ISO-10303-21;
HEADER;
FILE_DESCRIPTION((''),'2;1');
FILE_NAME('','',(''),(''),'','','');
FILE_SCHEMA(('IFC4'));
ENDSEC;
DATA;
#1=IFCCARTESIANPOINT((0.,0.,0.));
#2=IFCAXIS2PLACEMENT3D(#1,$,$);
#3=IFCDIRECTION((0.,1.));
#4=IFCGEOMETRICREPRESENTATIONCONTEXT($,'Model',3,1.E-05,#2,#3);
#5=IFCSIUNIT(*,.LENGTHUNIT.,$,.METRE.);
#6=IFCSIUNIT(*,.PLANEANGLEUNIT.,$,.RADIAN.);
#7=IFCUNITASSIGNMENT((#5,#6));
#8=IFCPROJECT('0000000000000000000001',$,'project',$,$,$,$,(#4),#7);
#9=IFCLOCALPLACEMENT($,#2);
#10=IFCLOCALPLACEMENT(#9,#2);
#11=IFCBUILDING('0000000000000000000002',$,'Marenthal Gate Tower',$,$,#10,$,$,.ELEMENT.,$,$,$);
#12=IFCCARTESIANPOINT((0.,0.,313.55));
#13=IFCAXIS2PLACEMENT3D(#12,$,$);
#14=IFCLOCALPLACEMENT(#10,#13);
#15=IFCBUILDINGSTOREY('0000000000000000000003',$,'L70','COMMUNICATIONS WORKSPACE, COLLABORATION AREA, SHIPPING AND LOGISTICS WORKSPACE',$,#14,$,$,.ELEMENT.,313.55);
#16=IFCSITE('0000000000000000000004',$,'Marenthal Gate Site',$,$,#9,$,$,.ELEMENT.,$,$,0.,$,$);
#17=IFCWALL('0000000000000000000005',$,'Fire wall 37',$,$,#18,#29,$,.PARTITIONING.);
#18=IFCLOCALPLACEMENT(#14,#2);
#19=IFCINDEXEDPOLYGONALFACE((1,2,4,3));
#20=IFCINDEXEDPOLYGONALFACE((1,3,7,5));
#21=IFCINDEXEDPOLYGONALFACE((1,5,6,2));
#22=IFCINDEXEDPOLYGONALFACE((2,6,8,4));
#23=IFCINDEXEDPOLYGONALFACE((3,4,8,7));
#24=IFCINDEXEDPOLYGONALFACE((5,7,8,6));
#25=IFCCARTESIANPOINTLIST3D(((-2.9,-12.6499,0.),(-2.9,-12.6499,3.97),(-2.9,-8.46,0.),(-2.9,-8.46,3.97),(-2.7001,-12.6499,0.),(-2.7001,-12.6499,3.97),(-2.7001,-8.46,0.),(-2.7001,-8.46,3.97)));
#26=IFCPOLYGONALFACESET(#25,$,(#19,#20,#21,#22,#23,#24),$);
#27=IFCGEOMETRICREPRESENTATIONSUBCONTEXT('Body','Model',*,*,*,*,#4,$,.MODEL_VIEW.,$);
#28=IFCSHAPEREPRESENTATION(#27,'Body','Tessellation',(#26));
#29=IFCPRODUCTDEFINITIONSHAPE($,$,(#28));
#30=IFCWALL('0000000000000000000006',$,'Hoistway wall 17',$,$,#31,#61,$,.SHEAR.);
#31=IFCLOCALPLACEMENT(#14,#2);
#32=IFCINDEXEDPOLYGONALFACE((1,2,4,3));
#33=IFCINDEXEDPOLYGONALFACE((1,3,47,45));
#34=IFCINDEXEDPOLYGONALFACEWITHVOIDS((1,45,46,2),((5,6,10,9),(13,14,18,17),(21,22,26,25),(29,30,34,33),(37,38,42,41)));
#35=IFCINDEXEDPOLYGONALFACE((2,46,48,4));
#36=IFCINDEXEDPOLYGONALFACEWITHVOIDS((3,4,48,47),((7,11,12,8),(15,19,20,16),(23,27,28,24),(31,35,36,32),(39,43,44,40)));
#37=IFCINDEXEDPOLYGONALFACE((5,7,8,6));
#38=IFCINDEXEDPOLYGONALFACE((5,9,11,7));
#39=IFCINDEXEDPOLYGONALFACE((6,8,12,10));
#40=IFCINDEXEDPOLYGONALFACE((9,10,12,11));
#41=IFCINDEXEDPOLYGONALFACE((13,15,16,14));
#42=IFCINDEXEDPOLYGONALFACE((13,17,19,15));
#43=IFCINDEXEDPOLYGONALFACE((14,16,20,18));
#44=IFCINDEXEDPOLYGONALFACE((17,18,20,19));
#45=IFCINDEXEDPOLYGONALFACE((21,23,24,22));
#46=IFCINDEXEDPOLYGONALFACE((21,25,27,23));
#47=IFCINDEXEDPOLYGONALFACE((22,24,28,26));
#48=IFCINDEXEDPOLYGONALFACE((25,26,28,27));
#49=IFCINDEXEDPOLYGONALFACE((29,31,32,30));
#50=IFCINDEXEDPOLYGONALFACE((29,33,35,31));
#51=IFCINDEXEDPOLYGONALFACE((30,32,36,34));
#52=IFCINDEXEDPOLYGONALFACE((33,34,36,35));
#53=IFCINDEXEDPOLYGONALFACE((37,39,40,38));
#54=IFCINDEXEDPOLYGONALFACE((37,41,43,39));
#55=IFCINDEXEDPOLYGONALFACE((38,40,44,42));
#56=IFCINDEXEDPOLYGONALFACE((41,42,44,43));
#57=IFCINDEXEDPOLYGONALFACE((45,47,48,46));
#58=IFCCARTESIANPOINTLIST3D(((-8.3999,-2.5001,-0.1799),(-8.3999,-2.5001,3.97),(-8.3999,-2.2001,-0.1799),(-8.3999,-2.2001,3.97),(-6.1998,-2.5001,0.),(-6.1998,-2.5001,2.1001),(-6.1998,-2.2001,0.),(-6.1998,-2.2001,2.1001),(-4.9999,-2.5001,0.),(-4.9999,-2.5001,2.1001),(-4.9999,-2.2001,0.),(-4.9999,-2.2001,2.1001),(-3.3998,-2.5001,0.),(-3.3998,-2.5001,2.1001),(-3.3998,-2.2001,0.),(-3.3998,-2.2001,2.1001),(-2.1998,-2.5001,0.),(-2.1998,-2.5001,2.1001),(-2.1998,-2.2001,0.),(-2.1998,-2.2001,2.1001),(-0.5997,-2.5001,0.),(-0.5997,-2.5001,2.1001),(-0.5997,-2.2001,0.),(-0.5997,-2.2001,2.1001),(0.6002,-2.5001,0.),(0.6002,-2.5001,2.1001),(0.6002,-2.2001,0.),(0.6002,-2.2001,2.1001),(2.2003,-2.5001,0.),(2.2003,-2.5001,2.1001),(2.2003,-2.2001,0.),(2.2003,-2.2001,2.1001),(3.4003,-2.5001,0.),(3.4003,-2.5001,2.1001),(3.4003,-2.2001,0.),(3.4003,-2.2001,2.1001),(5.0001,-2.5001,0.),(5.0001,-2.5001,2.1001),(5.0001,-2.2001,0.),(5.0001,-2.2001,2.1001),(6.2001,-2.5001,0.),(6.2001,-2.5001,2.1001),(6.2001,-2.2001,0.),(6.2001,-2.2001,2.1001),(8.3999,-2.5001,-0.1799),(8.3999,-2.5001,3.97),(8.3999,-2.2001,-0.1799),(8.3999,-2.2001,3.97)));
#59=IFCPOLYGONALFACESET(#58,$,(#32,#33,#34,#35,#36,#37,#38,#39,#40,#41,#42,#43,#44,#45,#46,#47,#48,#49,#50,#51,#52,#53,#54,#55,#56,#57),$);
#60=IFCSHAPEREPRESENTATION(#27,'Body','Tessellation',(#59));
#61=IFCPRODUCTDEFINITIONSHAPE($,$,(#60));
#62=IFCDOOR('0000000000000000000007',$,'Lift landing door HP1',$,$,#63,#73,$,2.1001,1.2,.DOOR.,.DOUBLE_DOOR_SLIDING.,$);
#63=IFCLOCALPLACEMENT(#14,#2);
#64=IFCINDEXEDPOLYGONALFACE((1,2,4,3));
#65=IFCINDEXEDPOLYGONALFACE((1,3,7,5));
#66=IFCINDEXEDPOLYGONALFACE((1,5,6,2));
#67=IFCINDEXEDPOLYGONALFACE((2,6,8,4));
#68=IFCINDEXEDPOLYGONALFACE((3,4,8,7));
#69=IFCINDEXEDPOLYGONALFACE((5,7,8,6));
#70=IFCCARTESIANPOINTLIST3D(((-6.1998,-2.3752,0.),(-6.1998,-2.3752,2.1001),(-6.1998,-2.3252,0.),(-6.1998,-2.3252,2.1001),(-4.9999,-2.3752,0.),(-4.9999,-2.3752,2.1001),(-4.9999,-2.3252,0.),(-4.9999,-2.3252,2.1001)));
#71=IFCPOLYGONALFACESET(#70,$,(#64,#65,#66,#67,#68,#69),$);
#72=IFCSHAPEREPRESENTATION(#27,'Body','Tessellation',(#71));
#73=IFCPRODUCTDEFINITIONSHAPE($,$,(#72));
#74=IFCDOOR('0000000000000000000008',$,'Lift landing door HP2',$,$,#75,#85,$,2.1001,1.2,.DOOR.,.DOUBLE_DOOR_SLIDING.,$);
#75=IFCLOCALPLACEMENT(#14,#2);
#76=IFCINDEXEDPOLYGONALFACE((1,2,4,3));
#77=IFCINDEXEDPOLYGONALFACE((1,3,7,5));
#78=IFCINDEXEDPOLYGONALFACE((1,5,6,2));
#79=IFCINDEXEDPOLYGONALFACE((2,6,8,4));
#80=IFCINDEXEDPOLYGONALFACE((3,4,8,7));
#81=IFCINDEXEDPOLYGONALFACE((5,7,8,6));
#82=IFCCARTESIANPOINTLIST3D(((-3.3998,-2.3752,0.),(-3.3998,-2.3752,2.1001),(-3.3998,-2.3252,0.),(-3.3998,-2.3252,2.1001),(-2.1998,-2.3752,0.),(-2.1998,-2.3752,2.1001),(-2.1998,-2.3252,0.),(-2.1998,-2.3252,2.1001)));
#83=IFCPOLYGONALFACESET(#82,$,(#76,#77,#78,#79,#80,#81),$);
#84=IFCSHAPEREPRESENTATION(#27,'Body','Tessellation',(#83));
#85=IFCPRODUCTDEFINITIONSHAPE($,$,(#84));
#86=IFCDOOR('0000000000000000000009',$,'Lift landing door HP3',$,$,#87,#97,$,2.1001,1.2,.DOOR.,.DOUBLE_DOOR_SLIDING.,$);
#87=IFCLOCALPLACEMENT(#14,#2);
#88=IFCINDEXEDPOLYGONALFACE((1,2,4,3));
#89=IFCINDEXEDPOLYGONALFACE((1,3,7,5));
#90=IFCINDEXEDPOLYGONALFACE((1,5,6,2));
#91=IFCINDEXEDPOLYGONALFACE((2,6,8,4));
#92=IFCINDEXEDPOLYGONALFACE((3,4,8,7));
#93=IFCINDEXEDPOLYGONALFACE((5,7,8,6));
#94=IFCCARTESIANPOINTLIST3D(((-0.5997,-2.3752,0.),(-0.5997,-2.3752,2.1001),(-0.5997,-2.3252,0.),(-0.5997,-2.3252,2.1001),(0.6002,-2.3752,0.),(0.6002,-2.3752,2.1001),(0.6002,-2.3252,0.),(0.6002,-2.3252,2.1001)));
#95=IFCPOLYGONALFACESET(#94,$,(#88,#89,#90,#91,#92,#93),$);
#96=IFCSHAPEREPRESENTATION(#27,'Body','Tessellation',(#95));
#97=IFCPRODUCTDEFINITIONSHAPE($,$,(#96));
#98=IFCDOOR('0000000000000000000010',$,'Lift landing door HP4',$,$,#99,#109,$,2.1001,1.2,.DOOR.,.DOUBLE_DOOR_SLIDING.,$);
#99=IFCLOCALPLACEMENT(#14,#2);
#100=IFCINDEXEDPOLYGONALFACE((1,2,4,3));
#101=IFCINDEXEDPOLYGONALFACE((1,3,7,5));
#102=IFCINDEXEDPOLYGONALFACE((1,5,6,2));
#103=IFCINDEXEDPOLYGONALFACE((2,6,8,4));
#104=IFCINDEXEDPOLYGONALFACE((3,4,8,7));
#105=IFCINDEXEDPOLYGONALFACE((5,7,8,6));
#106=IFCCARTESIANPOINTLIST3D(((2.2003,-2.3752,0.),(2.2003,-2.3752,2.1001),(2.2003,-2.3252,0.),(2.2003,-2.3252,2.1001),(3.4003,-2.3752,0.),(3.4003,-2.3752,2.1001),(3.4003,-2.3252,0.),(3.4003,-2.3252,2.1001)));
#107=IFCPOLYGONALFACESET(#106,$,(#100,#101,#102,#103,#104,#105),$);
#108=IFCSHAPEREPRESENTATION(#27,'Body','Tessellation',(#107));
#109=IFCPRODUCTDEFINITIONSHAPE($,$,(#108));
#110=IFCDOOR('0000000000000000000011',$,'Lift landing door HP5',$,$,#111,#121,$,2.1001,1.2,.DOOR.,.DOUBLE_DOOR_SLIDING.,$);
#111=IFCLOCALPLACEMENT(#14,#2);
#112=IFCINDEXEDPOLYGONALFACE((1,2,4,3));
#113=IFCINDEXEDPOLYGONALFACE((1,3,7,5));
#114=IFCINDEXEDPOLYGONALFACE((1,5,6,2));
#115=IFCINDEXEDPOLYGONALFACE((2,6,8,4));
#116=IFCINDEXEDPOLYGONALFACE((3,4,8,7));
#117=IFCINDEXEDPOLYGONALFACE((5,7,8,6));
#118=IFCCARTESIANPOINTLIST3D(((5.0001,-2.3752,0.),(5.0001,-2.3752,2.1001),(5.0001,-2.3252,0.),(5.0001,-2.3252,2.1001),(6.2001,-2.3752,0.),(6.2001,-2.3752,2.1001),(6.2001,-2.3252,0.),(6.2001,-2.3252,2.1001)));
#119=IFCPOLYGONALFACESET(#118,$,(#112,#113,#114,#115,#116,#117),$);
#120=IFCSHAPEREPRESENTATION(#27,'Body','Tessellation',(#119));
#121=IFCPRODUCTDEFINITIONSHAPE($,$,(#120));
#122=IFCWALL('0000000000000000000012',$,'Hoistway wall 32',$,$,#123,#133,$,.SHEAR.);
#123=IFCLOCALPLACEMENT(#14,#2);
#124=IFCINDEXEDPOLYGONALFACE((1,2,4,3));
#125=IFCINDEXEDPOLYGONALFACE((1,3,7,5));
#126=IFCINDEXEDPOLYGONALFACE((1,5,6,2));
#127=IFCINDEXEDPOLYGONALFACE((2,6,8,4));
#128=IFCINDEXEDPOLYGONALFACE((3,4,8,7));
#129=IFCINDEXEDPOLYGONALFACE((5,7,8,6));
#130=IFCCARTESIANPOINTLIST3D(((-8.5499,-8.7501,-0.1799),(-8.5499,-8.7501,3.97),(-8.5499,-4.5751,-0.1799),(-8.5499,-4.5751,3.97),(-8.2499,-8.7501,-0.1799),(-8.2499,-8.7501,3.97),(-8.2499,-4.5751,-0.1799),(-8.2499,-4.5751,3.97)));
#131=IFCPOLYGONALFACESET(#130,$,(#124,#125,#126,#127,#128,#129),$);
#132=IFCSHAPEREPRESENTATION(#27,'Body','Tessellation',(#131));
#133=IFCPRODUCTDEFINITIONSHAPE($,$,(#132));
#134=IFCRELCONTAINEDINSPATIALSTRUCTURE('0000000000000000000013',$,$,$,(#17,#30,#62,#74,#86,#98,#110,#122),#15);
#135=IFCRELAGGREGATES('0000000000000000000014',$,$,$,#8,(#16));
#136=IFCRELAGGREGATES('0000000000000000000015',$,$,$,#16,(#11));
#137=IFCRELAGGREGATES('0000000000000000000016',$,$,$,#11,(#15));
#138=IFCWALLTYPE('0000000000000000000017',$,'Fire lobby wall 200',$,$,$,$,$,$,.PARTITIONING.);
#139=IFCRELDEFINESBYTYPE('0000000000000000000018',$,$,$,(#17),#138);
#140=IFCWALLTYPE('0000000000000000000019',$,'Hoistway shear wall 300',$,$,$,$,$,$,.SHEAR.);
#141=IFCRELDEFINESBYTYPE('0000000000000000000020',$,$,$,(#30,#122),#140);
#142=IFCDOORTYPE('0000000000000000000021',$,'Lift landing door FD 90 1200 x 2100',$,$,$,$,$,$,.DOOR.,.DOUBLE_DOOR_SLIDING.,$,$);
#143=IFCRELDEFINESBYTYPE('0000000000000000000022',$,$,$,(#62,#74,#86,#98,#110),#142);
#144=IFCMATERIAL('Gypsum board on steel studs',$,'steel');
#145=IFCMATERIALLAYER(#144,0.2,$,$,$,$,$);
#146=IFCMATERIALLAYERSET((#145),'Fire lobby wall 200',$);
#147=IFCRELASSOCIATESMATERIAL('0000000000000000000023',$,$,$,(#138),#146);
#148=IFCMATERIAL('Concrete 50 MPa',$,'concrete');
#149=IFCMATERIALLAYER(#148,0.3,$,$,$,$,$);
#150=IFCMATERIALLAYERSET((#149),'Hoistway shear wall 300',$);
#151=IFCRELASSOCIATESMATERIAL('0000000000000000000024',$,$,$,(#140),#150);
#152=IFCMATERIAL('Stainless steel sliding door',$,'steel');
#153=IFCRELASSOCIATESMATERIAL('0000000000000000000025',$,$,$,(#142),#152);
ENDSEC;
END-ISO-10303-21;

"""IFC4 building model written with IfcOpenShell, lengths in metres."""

from ifc_helpers import new_model, si_unit, direction, frame, frame_2d, origin, place, context, subcontext, project, spatial, rectangle, extrude, material, layer, layer_set, type_object, element, fill, save


model = new_model("IFC4")

# Units and contexts
model_context = context("Model", 3, precision=1e-05, world=origin(), true_north=direction((0.0, 1.0)))
body_context = subcontext(model_context, "Body", "Model", "MODEL_VIEW")
ifc_project = project(units=[si_unit("LENGTHUNIT", "METRE"), si_unit("PLANEANGLEUNIT", "RADIAN")], contexts=[model_context])

# Site, building, storey
site_placement = place(None, origin())
site = spatial("IfcSite", under=ifc_project, at=site_placement, Name="Marenthal Gate Site", CompositionType="ELEMENT", RefElevation=0.0)
building_placement = place(site_placement, origin())
building = spatial("IfcBuilding", under=site, at=building_placement, Name="Marenthal Gate Tower", CompositionType="ELEMENT")
storey_placement = place(building_placement, frame((0.0, 0.0, 313.55)))
storey = spatial("IfcBuildingStorey", under=building, at=storey_placement, Name="L70", Description="COMMUNICATIONS WORKSPACE, COLLABORATION AREA, SHIPPING AND LOGISTICS WORKSPACE", CompositionType="ELEMENT", Elevation=313.55)

# Wall
ifc_material_1 = material(Name="Gypsum board on steel studs", Category="steel")
ifc_layer_1 = layer(ifc_material_1, 0.2)
ifc_layer_set_1 = layer_set([ifc_layer_1], Name="Fire lobby wall 200")
wall_type_1 = type_object("IfcWallType", Name="Fire lobby wall 200", PredefinedType="PARTITIONING", material=ifc_layer_set_1)
wall_1_placement = place(storey_placement, frame((-2.8, -12.6499, 0.0), z_axis=(0.0, 0.0, 1.0), x_axis=(0.0, 1.0, 0.0)))
element("IfcWall", 1, at=wall_1_placement, inside=storey, type_object=wall_type_1, Name="Fire wall 37", PredefinedType="PARTITIONING", context=body_context, shape_type="SweptSolid", body=[
    extrude(rectangle(XDim=4.1899, YDim=0.2, at=frame_2d((2.095, 0.0))), origin(), (0.0, 0.0, 1.0), 3.97),
])

# Wall, openings, doors
ifc_material_2 = material(Name="Concrete 50 MPa", Category="concrete")
ifc_layer_2 = layer(ifc_material_2, 0.3)
ifc_layer_set_2 = layer_set([ifc_layer_2], Name="Hoistway shear wall 300")
wall_type_2 = type_object("IfcWallType", Name="Hoistway shear wall 300", PredefinedType="SHEAR", material=ifc_layer_set_2)
wall_2_placement = place(storey_placement, frame((-8.3999, -2.3501, -0.1799), z_axis=(0.0, 0.0, 1.0), x_axis=(1.0, 0.0, 0.0)))
wall_2 = element("IfcWall", 2, at=wall_2_placement, inside=storey, type_object=wall_type_2, Name="Hoistway wall 17", PredefinedType="SHEAR", context=body_context, shape_type="SweptSolid", body=[
    extrude(rectangle(XDim=16.7998, YDim=0.3, at=frame_2d((8.3999, 0.0))), origin(), (0.0, 0.0, 1.0), 4.1499),
])
opening_1_placement = place(wall_2_placement, frame((2.2, 0.0, 0.1799)))
opening_1 = element("IfcOpeningElement", 3, at=opening_1_placement, cuts=wall_2, PredefinedType="OPENING", context=body_context, shape_type="SweptSolid", body=[
    extrude(rectangle(XDim=1.2, YDim=2.1001, at=frame_2d((0.6001, 1.05))), frame((0.0, 0.1602, 0.0), z_axis=(0.0, -1.0, 0.0), x_axis=(1.0, 0.0, 0.0)), (0.0, 0.0, 1.0), 0.3201),
])
opening_2_placement = place(wall_2_placement, frame((5.0, 0.0, 0.1799)))
opening_2 = element("IfcOpeningElement", 4, at=opening_2_placement, cuts=wall_2, PredefinedType="OPENING", context=body_context, shape_type="SweptSolid", body=[
    extrude(rectangle(XDim=1.2, YDim=2.1001, at=frame_2d((0.6001, 1.05))), frame((0.0, 0.1602, 0.0), z_axis=(0.0, -1.0, 0.0), x_axis=(1.0, 0.0, 0.0)), (0.0, 0.0, 1.0), 0.3201),
])
opening_3_placement = place(wall_2_placement, frame((7.8, 0.0, 0.1799)))
opening_3 = element("IfcOpeningElement", 5, at=opening_3_placement, cuts=wall_2, PredefinedType="OPENING", context=body_context, shape_type="SweptSolid", body=[
    extrude(rectangle(XDim=1.2, YDim=2.1001, at=frame_2d((0.6001, 1.05))), frame((0.0, 0.1602, 0.0), z_axis=(0.0, -1.0, 0.0), x_axis=(1.0, 0.0, 0.0)), (0.0, 0.0, 1.0), 0.3201),
])
opening_4_placement = place(wall_2_placement, frame((10.6001, 0.0, 0.1799)))
opening_4 = element("IfcOpeningElement", 6, at=opening_4_placement, cuts=wall_2, PredefinedType="OPENING", context=body_context, shape_type="SweptSolid", body=[
    extrude(rectangle(XDim=1.2, YDim=2.1001, at=frame_2d((0.6001, 1.05))), frame((0.0, 0.1602, 0.0), z_axis=(0.0, -1.0, 0.0), x_axis=(1.0, 0.0, 0.0)), (0.0, 0.0, 1.0), 0.3201),
])
opening_5_placement = place(wall_2_placement, frame((13.3999, 0.0, 0.1799)))
opening_5 = element("IfcOpeningElement", 7, at=opening_5_placement, cuts=wall_2, PredefinedType="OPENING", context=body_context, shape_type="SweptSolid", body=[
    extrude(rectangle(XDim=1.2, YDim=2.1001, at=frame_2d((0.6001, 1.05))), frame((0.0, 0.1602, 0.0), z_axis=(0.0, -1.0, 0.0), x_axis=(1.0, 0.0, 0.0)), (0.0, 0.0, 1.0), 0.3201),
])
ifc_material_3 = material(Name="Stainless steel sliding door", Category="steel")
door_type_1 = type_object("IfcDoorType", Name="Lift landing door FD 90 1200 x 2100", OperationType="DOUBLE_DOOR_SLIDING", PredefinedType="DOOR", material=ifc_material_3)
door_1_placement = place(opening_1_placement, origin())
door_1 = element("IfcDoor", 8, at=door_1_placement, inside=storey, type_object=door_type_1, Name="Lift landing door HP1", OperationType="DOUBLE_DOOR_SLIDING", OverallHeight=2.1001, OverallWidth=1.2, PredefinedType="DOOR", context=body_context, shape_type="SweptSolid", body=[
    extrude(rectangle(XDim=1.2, YDim=2.1001, at=frame_2d((0.6001, 1.05))), frame((0.0, 0.0249, 0.0), z_axis=(0.0, -1.0, 0.0), x_axis=(1.0, 0.0, 0.0)), (0.0, 0.0, 1.0), 0.05),
])
fill(opening_1, door_1)
door_2_placement = place(opening_2_placement, origin())
door_2 = element("IfcDoor", 9, at=door_2_placement, inside=storey, type_object=door_type_1, Name="Lift landing door HP2", OperationType="DOUBLE_DOOR_SLIDING", OverallHeight=2.1001, OverallWidth=1.2, PredefinedType="DOOR", context=body_context, shape_type="SweptSolid", body=[
    extrude(rectangle(XDim=1.2, YDim=2.1001, at=frame_2d((0.6001, 1.05))), frame((0.0, 0.0249, 0.0), z_axis=(0.0, -1.0, 0.0), x_axis=(1.0, 0.0, 0.0)), (0.0, 0.0, 1.0), 0.05),
])
fill(opening_2, door_2)
door_3_placement = place(opening_3_placement, origin())
door_3 = element("IfcDoor", 10, at=door_3_placement, inside=storey, type_object=door_type_1, Name="Lift landing door HP3", OperationType="DOUBLE_DOOR_SLIDING", OverallHeight=2.1001, OverallWidth=1.2, PredefinedType="DOOR", context=body_context, shape_type="SweptSolid", body=[
    extrude(rectangle(XDim=1.2, YDim=2.1001, at=frame_2d((0.6001, 1.05))), frame((0.0, 0.0249, 0.0), z_axis=(0.0, -1.0, 0.0), x_axis=(1.0, 0.0, 0.0)), (0.0, 0.0, 1.0), 0.05),
])
fill(opening_3, door_3)
door_4_placement = place(opening_4_placement, origin())
door_4 = element("IfcDoor", 11, at=door_4_placement, inside=storey, type_object=door_type_1, Name="Lift landing door HP4", OperationType="DOUBLE_DOOR_SLIDING", OverallHeight=2.1001, OverallWidth=1.2, PredefinedType="DOOR", context=body_context, shape_type="SweptSolid", body=[
    extrude(rectangle(XDim=1.2, YDim=2.1001, at=frame_2d((0.6001, 1.05))), frame((0.0, 0.0249, 0.0), z_axis=(0.0, -1.0, 0.0), x_axis=(1.0, 0.0, 0.0)), (0.0, 0.0, 1.0), 0.05),
])
fill(opening_4, door_4)
door_5_placement = place(opening_5_placement, origin())
door_5 = element("IfcDoor", 12, at=door_5_placement, inside=storey, type_object=door_type_1, Name="Lift landing door HP5", OperationType="DOUBLE_DOOR_SLIDING", OverallHeight=2.1001, OverallWidth=1.2, PredefinedType="DOOR", context=body_context, shape_type="SweptSolid", body=[
    extrude(rectangle(XDim=1.2, YDim=2.1001, at=frame_2d((0.6001, 1.05))), frame((0.0, 0.0249, 0.0), z_axis=(0.0, -1.0, 0.0), x_axis=(1.0, 0.0, 0.0)), (0.0, 0.0, 1.0), 0.05),
])
fill(opening_5, door_5)

# Wall
wall_3_placement = place(storey_placement, frame((-8.3999, -8.75, -0.1799), z_axis=(0.0, 0.0, 1.0), x_axis=(0.0, 1.0, 0.0)))
element("IfcWall", 13, at=wall_3_placement, inside=storey, type_object=wall_type_2, Name="Hoistway wall 32", PredefinedType="SHEAR", context=body_context, shape_type="SweptSolid", body=[
    extrude(rectangle(XDim=4.175, YDim=0.3, at=frame_2d((2.0874, 0.0))), origin(), (0.0, 0.0, 1.0), 4.1499),
])

save(model, "model.ifc")
